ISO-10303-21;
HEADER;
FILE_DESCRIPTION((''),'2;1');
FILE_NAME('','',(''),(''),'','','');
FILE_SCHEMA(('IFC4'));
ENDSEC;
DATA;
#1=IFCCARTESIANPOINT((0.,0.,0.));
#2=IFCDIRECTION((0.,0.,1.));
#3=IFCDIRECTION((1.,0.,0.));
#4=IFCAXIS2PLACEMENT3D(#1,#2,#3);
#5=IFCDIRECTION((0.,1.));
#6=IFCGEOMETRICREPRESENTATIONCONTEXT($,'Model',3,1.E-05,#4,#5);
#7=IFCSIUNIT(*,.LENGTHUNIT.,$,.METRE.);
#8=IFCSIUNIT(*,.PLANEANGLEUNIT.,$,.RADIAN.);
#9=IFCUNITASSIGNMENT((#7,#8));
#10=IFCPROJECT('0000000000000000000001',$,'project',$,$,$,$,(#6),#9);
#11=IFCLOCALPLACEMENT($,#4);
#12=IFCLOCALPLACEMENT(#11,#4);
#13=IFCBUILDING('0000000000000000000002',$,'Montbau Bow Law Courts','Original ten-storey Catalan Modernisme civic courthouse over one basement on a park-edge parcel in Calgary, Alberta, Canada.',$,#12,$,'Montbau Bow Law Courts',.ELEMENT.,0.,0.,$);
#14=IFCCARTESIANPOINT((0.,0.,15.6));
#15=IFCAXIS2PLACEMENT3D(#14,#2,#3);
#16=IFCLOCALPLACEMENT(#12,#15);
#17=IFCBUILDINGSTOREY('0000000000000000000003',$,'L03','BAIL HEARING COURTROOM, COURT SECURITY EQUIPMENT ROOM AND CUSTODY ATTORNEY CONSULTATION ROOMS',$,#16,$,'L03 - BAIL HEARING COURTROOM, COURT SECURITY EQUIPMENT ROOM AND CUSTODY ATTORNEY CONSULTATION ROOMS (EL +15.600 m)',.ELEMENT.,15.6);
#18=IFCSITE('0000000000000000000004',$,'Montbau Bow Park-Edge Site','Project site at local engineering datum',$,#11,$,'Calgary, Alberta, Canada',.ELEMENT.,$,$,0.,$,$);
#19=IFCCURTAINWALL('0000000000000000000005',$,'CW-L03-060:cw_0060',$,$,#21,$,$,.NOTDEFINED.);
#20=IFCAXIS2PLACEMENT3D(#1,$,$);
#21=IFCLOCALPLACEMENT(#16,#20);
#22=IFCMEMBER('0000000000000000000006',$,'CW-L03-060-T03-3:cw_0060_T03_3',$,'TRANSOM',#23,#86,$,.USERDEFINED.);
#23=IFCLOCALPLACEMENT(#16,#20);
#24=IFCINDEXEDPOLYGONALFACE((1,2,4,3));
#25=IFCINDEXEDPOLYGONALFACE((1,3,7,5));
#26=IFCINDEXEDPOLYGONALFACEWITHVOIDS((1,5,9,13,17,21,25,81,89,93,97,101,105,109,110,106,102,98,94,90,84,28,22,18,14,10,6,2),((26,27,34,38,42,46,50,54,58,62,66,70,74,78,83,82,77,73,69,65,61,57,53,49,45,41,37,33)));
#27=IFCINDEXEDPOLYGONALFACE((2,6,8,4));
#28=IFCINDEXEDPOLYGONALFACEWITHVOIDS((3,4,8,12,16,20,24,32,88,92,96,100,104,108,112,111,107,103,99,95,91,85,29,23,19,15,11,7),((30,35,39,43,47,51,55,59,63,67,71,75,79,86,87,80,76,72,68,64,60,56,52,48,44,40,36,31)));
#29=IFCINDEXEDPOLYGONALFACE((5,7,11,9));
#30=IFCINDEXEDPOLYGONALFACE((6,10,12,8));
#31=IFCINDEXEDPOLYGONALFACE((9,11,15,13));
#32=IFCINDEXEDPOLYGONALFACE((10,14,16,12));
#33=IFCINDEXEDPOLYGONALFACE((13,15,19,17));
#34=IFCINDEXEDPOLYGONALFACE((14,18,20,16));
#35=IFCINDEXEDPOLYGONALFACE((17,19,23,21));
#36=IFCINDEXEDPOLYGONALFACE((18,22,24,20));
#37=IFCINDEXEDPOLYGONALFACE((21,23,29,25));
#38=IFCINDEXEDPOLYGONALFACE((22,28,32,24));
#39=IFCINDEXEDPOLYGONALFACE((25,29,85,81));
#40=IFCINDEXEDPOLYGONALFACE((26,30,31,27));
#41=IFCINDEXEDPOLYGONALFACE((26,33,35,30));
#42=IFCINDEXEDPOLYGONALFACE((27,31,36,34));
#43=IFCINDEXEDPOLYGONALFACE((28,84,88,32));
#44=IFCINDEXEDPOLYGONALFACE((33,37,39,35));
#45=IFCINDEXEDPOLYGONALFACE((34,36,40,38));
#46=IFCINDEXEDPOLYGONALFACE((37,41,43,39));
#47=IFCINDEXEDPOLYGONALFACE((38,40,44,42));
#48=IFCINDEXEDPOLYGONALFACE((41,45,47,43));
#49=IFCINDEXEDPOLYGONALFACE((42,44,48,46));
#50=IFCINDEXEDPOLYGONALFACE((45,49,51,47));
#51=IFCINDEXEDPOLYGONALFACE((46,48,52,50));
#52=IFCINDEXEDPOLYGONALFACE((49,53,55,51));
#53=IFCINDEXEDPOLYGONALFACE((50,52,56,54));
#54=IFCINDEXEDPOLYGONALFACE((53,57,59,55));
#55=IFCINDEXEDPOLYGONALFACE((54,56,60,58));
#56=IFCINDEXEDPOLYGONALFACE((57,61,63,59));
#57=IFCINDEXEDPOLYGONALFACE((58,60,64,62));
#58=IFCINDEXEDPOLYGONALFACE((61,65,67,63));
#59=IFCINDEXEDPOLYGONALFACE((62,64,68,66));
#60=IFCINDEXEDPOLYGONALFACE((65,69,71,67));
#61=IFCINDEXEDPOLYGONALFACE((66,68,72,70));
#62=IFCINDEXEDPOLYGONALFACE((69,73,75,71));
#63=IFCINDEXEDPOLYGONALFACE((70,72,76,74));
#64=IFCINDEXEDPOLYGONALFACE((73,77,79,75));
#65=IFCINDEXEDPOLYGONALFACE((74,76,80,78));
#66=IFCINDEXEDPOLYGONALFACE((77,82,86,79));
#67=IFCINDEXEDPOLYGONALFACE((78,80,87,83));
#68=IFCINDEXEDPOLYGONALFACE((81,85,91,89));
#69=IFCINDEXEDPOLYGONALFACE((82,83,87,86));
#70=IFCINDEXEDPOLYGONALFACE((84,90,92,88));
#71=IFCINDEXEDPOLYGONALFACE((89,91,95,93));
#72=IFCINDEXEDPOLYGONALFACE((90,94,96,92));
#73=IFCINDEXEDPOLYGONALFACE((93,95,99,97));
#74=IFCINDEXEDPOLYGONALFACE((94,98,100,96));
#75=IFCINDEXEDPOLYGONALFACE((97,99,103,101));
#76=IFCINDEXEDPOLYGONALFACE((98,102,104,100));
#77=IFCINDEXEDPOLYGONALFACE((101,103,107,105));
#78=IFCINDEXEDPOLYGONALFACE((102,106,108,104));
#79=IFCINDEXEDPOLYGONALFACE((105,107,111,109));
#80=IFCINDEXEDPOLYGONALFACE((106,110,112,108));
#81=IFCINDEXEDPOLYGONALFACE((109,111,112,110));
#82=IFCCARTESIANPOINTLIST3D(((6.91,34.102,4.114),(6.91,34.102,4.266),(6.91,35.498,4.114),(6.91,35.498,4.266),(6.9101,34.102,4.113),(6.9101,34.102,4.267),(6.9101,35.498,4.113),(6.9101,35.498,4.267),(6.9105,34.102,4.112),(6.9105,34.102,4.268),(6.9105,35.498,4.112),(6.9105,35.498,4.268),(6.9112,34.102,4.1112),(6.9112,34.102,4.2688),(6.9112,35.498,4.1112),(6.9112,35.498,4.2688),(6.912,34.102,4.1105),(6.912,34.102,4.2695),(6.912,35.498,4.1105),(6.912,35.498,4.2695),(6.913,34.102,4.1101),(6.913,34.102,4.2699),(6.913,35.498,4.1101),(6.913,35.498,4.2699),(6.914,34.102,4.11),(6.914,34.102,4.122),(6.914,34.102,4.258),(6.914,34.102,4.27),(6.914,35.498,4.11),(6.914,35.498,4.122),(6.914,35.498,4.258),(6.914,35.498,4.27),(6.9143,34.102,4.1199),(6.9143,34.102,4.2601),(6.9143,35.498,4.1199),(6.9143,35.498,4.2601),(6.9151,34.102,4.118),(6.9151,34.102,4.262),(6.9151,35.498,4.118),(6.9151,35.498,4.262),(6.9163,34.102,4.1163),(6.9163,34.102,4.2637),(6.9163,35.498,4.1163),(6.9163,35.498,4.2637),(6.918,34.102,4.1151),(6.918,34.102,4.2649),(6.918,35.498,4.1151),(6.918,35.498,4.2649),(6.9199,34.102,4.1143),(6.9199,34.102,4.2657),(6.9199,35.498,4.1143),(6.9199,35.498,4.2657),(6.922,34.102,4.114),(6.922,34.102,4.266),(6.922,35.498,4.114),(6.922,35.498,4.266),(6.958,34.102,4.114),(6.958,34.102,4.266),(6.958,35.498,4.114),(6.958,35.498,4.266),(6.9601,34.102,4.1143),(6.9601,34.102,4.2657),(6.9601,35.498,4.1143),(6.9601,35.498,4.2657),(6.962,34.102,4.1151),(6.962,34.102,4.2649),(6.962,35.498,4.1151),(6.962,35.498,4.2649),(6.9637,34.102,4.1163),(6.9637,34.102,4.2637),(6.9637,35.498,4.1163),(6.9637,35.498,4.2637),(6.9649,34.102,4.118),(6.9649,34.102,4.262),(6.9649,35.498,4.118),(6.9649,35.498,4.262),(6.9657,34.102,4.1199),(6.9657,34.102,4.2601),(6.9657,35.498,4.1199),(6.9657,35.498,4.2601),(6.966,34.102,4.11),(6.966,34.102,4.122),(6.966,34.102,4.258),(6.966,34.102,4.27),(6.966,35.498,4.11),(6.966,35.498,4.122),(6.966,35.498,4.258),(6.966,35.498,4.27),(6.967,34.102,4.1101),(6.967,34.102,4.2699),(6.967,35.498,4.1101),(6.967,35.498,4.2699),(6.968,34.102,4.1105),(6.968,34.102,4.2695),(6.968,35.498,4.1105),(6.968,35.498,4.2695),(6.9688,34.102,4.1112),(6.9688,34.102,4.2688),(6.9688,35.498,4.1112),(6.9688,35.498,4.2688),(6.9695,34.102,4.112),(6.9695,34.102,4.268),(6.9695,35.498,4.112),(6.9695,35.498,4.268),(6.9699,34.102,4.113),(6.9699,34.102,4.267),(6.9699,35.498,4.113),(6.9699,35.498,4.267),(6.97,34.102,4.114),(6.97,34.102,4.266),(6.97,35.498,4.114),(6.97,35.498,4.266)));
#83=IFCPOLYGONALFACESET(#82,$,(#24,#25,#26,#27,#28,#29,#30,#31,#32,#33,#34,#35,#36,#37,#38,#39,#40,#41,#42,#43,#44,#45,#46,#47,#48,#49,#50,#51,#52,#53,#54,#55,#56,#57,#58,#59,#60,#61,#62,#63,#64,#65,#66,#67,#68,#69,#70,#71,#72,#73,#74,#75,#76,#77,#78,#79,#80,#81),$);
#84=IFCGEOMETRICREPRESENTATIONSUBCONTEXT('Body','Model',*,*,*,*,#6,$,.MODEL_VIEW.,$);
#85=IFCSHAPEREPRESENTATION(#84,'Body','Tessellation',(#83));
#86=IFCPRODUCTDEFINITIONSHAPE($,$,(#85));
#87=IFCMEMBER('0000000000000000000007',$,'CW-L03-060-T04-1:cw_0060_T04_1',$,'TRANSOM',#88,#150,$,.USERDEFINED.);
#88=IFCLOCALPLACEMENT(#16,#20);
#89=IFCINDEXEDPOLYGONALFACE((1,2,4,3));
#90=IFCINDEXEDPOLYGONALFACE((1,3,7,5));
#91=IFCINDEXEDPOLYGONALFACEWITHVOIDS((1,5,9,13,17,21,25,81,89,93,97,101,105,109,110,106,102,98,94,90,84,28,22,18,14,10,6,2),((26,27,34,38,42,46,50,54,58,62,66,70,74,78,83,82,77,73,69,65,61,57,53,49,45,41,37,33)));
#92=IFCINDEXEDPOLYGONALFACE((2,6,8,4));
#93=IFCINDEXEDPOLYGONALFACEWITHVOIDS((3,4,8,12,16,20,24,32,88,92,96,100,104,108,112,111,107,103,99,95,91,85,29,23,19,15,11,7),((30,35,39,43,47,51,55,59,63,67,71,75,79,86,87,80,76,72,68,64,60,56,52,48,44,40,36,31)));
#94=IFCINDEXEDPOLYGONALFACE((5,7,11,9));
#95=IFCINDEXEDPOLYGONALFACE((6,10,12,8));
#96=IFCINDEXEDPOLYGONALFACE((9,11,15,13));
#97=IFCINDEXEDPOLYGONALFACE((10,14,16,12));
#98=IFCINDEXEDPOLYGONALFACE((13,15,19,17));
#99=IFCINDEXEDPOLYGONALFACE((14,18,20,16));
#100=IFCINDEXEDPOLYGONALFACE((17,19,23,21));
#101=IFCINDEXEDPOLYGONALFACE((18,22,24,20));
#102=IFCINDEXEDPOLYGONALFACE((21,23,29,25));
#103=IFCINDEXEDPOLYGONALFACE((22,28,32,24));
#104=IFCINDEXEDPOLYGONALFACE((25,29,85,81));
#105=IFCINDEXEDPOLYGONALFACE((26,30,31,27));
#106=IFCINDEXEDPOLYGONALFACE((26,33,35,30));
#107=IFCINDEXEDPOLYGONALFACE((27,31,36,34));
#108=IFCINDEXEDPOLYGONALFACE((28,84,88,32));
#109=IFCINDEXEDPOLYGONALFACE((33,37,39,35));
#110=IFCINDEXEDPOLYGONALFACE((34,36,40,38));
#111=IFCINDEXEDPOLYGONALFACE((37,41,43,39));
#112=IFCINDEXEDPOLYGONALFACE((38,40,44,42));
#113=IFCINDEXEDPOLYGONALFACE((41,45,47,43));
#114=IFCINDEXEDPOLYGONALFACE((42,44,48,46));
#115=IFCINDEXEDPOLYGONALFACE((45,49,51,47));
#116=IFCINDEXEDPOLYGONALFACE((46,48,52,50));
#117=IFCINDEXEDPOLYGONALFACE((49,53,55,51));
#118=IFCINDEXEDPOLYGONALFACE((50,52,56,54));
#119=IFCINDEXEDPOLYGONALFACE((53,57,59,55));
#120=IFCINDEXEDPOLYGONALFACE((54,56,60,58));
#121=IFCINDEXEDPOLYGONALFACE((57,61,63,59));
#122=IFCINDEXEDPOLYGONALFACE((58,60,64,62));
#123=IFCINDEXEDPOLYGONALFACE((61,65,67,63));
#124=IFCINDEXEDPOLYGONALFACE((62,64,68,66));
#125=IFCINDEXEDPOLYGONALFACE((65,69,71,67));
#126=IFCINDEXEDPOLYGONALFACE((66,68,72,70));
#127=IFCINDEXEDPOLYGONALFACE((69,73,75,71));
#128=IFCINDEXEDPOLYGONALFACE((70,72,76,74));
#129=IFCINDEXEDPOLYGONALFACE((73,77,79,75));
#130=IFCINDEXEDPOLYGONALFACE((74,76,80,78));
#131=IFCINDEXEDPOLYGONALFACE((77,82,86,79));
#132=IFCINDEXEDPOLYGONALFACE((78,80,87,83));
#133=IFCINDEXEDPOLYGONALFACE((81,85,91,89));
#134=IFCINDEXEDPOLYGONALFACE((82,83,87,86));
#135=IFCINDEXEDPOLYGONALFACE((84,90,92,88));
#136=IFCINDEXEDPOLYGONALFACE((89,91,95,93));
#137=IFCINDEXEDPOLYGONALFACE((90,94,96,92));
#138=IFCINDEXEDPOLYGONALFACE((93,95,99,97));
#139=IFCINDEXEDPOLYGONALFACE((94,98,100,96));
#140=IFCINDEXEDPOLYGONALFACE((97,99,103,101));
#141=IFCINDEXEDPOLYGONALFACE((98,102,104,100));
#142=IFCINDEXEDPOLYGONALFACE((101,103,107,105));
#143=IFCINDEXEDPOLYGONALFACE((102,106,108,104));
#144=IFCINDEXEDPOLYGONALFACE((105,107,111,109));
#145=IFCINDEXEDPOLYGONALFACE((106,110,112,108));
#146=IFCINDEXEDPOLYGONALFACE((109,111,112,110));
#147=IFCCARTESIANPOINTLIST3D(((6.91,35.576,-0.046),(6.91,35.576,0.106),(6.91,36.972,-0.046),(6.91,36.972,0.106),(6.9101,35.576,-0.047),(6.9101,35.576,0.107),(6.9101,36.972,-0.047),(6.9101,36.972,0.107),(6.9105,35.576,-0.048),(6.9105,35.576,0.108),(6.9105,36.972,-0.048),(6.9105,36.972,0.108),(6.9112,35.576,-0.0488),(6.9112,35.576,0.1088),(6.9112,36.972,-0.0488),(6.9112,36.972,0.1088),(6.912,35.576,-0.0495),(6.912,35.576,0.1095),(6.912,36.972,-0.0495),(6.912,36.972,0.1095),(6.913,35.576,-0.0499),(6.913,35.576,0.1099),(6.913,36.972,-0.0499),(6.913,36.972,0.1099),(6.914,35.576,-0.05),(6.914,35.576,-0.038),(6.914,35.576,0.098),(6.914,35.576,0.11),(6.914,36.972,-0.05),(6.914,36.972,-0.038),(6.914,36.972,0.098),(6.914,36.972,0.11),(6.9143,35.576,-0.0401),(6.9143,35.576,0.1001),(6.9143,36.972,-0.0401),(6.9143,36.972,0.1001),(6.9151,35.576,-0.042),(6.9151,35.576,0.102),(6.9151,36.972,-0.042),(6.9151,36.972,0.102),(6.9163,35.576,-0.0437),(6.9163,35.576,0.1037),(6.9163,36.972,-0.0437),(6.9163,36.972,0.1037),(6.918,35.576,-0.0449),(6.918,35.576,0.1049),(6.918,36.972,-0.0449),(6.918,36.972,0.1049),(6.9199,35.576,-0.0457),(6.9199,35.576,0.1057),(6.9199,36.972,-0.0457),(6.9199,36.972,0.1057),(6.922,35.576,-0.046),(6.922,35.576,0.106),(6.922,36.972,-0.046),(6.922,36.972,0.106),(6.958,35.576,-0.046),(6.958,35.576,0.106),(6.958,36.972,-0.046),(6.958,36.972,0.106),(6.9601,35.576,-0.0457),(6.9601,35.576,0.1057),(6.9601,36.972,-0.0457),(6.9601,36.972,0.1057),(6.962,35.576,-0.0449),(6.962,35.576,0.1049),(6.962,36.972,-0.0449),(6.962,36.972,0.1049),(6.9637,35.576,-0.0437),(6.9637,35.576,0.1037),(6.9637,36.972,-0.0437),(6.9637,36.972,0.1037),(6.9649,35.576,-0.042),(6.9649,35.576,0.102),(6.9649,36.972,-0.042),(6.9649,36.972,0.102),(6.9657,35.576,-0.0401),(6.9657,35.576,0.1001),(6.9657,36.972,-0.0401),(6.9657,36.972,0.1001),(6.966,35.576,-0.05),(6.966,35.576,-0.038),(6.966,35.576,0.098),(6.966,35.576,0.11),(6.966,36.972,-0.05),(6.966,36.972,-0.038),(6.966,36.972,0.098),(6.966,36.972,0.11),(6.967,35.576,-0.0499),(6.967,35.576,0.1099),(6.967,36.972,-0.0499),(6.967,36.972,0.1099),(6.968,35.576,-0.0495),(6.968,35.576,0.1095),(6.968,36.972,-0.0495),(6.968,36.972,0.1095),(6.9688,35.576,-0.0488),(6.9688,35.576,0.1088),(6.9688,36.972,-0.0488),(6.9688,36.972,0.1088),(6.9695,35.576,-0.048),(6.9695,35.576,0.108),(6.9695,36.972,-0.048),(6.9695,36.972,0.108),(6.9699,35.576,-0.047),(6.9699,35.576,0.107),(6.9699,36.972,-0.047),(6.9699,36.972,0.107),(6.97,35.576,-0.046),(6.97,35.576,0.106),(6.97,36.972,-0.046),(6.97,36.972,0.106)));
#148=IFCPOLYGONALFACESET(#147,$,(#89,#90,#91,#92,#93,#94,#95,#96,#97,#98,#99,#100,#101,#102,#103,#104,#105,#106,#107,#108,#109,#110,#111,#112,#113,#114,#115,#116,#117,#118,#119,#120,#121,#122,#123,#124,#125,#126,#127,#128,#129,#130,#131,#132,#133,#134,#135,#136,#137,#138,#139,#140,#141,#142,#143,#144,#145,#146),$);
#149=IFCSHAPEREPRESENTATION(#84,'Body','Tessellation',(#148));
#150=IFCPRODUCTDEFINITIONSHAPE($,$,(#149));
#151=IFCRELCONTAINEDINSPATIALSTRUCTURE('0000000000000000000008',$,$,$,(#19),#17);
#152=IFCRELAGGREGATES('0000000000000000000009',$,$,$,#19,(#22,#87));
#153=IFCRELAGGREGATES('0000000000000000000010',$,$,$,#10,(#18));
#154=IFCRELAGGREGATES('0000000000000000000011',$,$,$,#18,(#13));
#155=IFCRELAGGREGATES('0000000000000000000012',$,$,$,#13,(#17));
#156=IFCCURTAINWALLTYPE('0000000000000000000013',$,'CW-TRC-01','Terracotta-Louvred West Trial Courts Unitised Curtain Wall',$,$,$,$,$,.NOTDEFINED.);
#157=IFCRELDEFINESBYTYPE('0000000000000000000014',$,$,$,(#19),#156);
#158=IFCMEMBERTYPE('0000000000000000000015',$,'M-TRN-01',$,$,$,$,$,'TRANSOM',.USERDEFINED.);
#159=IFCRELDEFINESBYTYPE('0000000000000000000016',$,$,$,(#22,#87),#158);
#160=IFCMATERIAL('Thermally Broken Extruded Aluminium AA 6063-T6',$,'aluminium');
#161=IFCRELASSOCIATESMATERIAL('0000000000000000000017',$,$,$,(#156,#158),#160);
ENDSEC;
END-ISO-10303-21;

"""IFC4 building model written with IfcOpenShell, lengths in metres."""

from ifc_helpers import new_model, si_unit, direction, frame, origin_with_axes, origin_2d_with_axis, place, context, subcontext, project, spatial, hollow_rectangle, extrude, material, material_profile, profile_set, type_object, element, aggregate, save


model = new_model("IFC4")

# Units and contexts
model_context = context("Model", 3, precision=1e-05, world=origin_with_axes(), true_north=direction((0.0, 1.0)))
body_context = subcontext(model_context, "Body", "Model", "MODEL_VIEW")
ifc_project = project(units=[si_unit("LENGTHUNIT", "METRE"), si_unit("PLANEANGLEUNIT", "RADIAN")], contexts=[model_context])

# Site, building, storey
site_placement = place(None, origin_with_axes())
site = spatial("IfcSite", under=ifc_project, at=site_placement, Name="Montbau Bow Park-Edge Site", Description="Project site at local engineering datum", LongName="Calgary, Alberta, Canada", CompositionType="ELEMENT", RefElevation=0.0)
building_placement = place(site_placement, origin_with_axes())
building = spatial("IfcBuilding", under=site, at=building_placement, Name="Montbau Bow Law Courts", Description="Original ten-storey Catalan Modernisme civic courthouse over one basement on a park-edge parcel in Calgary, Alberta, Canada.", LongName="Montbau Bow Law Courts", CompositionType="ELEMENT", ElevationOfRefHeight=0.0, ElevationOfTerrain=0.0)
storey_placement = place(building_placement, frame((0.0, 0.0, 15.6), z_axis=(0.0, 0.0, 1.0), x_axis=(1.0, 0.0, 0.0)))
storey = spatial("IfcBuildingStorey", under=building, at=storey_placement, Name="L03", Description="BAIL HEARING COURTROOM, COURT SECURITY EQUIPMENT ROOM AND CUSTODY ATTORNEY CONSULTATION ROOMS", LongName="L03 - BAIL HEARING COURTROOM, COURT SECURITY EQUIPMENT ROOM AND CUSTODY ATTORNEY CONSULTATION ROOMS (EL +15.600 m)", CompositionType="ELEMENT", Elevation=15.6)

# Curtain wall, members
ifc_material_1 = material(Name="Thermally Broken Extruded Aluminium AA 6063-T6", Category="aluminium")
curtain_wall_type = type_object("IfcCurtainWallType", Name="CW-TRC-01", Description="Terracotta-Louvred West Trial Courts Unitised Curtain Wall", PredefinedType="NOTDEFINED", material=ifc_material_1)
curtain_wall_placement = place(None, frame((6.94, 31.115, 15.6), z_axis=(0.0, 0.0, 1.0), x_axis=(1.0, 0.0, 0.0)))
curtain_wall = element("IfcCurtainWall", 1, at=curtain_wall_placement, inside=storey, type_object=curtain_wall_type, Name="CW-L03-060:cw_0060", PredefinedType="NOTDEFINED")
ifc_material_profile_1 = material_profile(ifc_material_1, hollow_rectangle(XDim=0.06, YDim=0.16, WallThickness=0.004, InnerFilletRadius=0.008, OuterFilletRadius=0.004, at=origin_2d_with_axis()), Name="CWT-160X60", Category="Main", Priority=0)
ifc_profile_set_1 = profile_set([ifc_material_profile_1], Name="Thermally Broken Extruded Aluminium AA 6063-T6")
member_type_1 = type_object("IfcMemberType", Name="M-TRN-01", ElementType="TRANSOM", PredefinedType="USERDEFINED", material=ifc_profile_set_1)
member_1_placement = place(None, frame((6.94, 34.102, 19.79), z_axis=(0.0, 1.0, 0.0), x_axis=(-1.0, 0.0, 0.0)))
member_1 = element("IfcMember", 2, at=member_1_placement, type_object=member_type_1, Name="CW-L03-060-T03-3:cw_0060_T03_3", ObjectType="TRANSOM", PredefinedType="USERDEFINED", context=body_context, shape_type="SweptSolid", body=[
    extrude(hollow_rectangle(XDim=0.06, YDim=0.16, WallThickness=0.004, InnerFilletRadius=0.008, OuterFilletRadius=0.004, at=origin_2d_with_axis()), origin_with_axes(), (0.0, 0.0, 1.0), 1.396),
])
member_2_placement = place(None, frame((6.94, 35.576, 15.63), z_axis=(0.0, 1.0, 0.0), x_axis=(-1.0, 0.0, 0.0)))
member_2 = element("IfcMember", 3, at=member_2_placement, type_object=member_type_1, Name="CW-L03-060-T04-1:cw_0060_T04_1", ObjectType="TRANSOM", PredefinedType="USERDEFINED", context=body_context, shape_type="SweptSolid", body=[
    extrude(hollow_rectangle(XDim=0.06, YDim=0.16, WallThickness=0.004, InnerFilletRadius=0.008, OuterFilletRadius=0.004, at=origin_2d_with_axis()), origin_with_axes(), (0.0, 0.0, 1.0), 1.396),
])
aggregate(curtain_wall, [member_1, member_2])

save(model, "model.ifc")
